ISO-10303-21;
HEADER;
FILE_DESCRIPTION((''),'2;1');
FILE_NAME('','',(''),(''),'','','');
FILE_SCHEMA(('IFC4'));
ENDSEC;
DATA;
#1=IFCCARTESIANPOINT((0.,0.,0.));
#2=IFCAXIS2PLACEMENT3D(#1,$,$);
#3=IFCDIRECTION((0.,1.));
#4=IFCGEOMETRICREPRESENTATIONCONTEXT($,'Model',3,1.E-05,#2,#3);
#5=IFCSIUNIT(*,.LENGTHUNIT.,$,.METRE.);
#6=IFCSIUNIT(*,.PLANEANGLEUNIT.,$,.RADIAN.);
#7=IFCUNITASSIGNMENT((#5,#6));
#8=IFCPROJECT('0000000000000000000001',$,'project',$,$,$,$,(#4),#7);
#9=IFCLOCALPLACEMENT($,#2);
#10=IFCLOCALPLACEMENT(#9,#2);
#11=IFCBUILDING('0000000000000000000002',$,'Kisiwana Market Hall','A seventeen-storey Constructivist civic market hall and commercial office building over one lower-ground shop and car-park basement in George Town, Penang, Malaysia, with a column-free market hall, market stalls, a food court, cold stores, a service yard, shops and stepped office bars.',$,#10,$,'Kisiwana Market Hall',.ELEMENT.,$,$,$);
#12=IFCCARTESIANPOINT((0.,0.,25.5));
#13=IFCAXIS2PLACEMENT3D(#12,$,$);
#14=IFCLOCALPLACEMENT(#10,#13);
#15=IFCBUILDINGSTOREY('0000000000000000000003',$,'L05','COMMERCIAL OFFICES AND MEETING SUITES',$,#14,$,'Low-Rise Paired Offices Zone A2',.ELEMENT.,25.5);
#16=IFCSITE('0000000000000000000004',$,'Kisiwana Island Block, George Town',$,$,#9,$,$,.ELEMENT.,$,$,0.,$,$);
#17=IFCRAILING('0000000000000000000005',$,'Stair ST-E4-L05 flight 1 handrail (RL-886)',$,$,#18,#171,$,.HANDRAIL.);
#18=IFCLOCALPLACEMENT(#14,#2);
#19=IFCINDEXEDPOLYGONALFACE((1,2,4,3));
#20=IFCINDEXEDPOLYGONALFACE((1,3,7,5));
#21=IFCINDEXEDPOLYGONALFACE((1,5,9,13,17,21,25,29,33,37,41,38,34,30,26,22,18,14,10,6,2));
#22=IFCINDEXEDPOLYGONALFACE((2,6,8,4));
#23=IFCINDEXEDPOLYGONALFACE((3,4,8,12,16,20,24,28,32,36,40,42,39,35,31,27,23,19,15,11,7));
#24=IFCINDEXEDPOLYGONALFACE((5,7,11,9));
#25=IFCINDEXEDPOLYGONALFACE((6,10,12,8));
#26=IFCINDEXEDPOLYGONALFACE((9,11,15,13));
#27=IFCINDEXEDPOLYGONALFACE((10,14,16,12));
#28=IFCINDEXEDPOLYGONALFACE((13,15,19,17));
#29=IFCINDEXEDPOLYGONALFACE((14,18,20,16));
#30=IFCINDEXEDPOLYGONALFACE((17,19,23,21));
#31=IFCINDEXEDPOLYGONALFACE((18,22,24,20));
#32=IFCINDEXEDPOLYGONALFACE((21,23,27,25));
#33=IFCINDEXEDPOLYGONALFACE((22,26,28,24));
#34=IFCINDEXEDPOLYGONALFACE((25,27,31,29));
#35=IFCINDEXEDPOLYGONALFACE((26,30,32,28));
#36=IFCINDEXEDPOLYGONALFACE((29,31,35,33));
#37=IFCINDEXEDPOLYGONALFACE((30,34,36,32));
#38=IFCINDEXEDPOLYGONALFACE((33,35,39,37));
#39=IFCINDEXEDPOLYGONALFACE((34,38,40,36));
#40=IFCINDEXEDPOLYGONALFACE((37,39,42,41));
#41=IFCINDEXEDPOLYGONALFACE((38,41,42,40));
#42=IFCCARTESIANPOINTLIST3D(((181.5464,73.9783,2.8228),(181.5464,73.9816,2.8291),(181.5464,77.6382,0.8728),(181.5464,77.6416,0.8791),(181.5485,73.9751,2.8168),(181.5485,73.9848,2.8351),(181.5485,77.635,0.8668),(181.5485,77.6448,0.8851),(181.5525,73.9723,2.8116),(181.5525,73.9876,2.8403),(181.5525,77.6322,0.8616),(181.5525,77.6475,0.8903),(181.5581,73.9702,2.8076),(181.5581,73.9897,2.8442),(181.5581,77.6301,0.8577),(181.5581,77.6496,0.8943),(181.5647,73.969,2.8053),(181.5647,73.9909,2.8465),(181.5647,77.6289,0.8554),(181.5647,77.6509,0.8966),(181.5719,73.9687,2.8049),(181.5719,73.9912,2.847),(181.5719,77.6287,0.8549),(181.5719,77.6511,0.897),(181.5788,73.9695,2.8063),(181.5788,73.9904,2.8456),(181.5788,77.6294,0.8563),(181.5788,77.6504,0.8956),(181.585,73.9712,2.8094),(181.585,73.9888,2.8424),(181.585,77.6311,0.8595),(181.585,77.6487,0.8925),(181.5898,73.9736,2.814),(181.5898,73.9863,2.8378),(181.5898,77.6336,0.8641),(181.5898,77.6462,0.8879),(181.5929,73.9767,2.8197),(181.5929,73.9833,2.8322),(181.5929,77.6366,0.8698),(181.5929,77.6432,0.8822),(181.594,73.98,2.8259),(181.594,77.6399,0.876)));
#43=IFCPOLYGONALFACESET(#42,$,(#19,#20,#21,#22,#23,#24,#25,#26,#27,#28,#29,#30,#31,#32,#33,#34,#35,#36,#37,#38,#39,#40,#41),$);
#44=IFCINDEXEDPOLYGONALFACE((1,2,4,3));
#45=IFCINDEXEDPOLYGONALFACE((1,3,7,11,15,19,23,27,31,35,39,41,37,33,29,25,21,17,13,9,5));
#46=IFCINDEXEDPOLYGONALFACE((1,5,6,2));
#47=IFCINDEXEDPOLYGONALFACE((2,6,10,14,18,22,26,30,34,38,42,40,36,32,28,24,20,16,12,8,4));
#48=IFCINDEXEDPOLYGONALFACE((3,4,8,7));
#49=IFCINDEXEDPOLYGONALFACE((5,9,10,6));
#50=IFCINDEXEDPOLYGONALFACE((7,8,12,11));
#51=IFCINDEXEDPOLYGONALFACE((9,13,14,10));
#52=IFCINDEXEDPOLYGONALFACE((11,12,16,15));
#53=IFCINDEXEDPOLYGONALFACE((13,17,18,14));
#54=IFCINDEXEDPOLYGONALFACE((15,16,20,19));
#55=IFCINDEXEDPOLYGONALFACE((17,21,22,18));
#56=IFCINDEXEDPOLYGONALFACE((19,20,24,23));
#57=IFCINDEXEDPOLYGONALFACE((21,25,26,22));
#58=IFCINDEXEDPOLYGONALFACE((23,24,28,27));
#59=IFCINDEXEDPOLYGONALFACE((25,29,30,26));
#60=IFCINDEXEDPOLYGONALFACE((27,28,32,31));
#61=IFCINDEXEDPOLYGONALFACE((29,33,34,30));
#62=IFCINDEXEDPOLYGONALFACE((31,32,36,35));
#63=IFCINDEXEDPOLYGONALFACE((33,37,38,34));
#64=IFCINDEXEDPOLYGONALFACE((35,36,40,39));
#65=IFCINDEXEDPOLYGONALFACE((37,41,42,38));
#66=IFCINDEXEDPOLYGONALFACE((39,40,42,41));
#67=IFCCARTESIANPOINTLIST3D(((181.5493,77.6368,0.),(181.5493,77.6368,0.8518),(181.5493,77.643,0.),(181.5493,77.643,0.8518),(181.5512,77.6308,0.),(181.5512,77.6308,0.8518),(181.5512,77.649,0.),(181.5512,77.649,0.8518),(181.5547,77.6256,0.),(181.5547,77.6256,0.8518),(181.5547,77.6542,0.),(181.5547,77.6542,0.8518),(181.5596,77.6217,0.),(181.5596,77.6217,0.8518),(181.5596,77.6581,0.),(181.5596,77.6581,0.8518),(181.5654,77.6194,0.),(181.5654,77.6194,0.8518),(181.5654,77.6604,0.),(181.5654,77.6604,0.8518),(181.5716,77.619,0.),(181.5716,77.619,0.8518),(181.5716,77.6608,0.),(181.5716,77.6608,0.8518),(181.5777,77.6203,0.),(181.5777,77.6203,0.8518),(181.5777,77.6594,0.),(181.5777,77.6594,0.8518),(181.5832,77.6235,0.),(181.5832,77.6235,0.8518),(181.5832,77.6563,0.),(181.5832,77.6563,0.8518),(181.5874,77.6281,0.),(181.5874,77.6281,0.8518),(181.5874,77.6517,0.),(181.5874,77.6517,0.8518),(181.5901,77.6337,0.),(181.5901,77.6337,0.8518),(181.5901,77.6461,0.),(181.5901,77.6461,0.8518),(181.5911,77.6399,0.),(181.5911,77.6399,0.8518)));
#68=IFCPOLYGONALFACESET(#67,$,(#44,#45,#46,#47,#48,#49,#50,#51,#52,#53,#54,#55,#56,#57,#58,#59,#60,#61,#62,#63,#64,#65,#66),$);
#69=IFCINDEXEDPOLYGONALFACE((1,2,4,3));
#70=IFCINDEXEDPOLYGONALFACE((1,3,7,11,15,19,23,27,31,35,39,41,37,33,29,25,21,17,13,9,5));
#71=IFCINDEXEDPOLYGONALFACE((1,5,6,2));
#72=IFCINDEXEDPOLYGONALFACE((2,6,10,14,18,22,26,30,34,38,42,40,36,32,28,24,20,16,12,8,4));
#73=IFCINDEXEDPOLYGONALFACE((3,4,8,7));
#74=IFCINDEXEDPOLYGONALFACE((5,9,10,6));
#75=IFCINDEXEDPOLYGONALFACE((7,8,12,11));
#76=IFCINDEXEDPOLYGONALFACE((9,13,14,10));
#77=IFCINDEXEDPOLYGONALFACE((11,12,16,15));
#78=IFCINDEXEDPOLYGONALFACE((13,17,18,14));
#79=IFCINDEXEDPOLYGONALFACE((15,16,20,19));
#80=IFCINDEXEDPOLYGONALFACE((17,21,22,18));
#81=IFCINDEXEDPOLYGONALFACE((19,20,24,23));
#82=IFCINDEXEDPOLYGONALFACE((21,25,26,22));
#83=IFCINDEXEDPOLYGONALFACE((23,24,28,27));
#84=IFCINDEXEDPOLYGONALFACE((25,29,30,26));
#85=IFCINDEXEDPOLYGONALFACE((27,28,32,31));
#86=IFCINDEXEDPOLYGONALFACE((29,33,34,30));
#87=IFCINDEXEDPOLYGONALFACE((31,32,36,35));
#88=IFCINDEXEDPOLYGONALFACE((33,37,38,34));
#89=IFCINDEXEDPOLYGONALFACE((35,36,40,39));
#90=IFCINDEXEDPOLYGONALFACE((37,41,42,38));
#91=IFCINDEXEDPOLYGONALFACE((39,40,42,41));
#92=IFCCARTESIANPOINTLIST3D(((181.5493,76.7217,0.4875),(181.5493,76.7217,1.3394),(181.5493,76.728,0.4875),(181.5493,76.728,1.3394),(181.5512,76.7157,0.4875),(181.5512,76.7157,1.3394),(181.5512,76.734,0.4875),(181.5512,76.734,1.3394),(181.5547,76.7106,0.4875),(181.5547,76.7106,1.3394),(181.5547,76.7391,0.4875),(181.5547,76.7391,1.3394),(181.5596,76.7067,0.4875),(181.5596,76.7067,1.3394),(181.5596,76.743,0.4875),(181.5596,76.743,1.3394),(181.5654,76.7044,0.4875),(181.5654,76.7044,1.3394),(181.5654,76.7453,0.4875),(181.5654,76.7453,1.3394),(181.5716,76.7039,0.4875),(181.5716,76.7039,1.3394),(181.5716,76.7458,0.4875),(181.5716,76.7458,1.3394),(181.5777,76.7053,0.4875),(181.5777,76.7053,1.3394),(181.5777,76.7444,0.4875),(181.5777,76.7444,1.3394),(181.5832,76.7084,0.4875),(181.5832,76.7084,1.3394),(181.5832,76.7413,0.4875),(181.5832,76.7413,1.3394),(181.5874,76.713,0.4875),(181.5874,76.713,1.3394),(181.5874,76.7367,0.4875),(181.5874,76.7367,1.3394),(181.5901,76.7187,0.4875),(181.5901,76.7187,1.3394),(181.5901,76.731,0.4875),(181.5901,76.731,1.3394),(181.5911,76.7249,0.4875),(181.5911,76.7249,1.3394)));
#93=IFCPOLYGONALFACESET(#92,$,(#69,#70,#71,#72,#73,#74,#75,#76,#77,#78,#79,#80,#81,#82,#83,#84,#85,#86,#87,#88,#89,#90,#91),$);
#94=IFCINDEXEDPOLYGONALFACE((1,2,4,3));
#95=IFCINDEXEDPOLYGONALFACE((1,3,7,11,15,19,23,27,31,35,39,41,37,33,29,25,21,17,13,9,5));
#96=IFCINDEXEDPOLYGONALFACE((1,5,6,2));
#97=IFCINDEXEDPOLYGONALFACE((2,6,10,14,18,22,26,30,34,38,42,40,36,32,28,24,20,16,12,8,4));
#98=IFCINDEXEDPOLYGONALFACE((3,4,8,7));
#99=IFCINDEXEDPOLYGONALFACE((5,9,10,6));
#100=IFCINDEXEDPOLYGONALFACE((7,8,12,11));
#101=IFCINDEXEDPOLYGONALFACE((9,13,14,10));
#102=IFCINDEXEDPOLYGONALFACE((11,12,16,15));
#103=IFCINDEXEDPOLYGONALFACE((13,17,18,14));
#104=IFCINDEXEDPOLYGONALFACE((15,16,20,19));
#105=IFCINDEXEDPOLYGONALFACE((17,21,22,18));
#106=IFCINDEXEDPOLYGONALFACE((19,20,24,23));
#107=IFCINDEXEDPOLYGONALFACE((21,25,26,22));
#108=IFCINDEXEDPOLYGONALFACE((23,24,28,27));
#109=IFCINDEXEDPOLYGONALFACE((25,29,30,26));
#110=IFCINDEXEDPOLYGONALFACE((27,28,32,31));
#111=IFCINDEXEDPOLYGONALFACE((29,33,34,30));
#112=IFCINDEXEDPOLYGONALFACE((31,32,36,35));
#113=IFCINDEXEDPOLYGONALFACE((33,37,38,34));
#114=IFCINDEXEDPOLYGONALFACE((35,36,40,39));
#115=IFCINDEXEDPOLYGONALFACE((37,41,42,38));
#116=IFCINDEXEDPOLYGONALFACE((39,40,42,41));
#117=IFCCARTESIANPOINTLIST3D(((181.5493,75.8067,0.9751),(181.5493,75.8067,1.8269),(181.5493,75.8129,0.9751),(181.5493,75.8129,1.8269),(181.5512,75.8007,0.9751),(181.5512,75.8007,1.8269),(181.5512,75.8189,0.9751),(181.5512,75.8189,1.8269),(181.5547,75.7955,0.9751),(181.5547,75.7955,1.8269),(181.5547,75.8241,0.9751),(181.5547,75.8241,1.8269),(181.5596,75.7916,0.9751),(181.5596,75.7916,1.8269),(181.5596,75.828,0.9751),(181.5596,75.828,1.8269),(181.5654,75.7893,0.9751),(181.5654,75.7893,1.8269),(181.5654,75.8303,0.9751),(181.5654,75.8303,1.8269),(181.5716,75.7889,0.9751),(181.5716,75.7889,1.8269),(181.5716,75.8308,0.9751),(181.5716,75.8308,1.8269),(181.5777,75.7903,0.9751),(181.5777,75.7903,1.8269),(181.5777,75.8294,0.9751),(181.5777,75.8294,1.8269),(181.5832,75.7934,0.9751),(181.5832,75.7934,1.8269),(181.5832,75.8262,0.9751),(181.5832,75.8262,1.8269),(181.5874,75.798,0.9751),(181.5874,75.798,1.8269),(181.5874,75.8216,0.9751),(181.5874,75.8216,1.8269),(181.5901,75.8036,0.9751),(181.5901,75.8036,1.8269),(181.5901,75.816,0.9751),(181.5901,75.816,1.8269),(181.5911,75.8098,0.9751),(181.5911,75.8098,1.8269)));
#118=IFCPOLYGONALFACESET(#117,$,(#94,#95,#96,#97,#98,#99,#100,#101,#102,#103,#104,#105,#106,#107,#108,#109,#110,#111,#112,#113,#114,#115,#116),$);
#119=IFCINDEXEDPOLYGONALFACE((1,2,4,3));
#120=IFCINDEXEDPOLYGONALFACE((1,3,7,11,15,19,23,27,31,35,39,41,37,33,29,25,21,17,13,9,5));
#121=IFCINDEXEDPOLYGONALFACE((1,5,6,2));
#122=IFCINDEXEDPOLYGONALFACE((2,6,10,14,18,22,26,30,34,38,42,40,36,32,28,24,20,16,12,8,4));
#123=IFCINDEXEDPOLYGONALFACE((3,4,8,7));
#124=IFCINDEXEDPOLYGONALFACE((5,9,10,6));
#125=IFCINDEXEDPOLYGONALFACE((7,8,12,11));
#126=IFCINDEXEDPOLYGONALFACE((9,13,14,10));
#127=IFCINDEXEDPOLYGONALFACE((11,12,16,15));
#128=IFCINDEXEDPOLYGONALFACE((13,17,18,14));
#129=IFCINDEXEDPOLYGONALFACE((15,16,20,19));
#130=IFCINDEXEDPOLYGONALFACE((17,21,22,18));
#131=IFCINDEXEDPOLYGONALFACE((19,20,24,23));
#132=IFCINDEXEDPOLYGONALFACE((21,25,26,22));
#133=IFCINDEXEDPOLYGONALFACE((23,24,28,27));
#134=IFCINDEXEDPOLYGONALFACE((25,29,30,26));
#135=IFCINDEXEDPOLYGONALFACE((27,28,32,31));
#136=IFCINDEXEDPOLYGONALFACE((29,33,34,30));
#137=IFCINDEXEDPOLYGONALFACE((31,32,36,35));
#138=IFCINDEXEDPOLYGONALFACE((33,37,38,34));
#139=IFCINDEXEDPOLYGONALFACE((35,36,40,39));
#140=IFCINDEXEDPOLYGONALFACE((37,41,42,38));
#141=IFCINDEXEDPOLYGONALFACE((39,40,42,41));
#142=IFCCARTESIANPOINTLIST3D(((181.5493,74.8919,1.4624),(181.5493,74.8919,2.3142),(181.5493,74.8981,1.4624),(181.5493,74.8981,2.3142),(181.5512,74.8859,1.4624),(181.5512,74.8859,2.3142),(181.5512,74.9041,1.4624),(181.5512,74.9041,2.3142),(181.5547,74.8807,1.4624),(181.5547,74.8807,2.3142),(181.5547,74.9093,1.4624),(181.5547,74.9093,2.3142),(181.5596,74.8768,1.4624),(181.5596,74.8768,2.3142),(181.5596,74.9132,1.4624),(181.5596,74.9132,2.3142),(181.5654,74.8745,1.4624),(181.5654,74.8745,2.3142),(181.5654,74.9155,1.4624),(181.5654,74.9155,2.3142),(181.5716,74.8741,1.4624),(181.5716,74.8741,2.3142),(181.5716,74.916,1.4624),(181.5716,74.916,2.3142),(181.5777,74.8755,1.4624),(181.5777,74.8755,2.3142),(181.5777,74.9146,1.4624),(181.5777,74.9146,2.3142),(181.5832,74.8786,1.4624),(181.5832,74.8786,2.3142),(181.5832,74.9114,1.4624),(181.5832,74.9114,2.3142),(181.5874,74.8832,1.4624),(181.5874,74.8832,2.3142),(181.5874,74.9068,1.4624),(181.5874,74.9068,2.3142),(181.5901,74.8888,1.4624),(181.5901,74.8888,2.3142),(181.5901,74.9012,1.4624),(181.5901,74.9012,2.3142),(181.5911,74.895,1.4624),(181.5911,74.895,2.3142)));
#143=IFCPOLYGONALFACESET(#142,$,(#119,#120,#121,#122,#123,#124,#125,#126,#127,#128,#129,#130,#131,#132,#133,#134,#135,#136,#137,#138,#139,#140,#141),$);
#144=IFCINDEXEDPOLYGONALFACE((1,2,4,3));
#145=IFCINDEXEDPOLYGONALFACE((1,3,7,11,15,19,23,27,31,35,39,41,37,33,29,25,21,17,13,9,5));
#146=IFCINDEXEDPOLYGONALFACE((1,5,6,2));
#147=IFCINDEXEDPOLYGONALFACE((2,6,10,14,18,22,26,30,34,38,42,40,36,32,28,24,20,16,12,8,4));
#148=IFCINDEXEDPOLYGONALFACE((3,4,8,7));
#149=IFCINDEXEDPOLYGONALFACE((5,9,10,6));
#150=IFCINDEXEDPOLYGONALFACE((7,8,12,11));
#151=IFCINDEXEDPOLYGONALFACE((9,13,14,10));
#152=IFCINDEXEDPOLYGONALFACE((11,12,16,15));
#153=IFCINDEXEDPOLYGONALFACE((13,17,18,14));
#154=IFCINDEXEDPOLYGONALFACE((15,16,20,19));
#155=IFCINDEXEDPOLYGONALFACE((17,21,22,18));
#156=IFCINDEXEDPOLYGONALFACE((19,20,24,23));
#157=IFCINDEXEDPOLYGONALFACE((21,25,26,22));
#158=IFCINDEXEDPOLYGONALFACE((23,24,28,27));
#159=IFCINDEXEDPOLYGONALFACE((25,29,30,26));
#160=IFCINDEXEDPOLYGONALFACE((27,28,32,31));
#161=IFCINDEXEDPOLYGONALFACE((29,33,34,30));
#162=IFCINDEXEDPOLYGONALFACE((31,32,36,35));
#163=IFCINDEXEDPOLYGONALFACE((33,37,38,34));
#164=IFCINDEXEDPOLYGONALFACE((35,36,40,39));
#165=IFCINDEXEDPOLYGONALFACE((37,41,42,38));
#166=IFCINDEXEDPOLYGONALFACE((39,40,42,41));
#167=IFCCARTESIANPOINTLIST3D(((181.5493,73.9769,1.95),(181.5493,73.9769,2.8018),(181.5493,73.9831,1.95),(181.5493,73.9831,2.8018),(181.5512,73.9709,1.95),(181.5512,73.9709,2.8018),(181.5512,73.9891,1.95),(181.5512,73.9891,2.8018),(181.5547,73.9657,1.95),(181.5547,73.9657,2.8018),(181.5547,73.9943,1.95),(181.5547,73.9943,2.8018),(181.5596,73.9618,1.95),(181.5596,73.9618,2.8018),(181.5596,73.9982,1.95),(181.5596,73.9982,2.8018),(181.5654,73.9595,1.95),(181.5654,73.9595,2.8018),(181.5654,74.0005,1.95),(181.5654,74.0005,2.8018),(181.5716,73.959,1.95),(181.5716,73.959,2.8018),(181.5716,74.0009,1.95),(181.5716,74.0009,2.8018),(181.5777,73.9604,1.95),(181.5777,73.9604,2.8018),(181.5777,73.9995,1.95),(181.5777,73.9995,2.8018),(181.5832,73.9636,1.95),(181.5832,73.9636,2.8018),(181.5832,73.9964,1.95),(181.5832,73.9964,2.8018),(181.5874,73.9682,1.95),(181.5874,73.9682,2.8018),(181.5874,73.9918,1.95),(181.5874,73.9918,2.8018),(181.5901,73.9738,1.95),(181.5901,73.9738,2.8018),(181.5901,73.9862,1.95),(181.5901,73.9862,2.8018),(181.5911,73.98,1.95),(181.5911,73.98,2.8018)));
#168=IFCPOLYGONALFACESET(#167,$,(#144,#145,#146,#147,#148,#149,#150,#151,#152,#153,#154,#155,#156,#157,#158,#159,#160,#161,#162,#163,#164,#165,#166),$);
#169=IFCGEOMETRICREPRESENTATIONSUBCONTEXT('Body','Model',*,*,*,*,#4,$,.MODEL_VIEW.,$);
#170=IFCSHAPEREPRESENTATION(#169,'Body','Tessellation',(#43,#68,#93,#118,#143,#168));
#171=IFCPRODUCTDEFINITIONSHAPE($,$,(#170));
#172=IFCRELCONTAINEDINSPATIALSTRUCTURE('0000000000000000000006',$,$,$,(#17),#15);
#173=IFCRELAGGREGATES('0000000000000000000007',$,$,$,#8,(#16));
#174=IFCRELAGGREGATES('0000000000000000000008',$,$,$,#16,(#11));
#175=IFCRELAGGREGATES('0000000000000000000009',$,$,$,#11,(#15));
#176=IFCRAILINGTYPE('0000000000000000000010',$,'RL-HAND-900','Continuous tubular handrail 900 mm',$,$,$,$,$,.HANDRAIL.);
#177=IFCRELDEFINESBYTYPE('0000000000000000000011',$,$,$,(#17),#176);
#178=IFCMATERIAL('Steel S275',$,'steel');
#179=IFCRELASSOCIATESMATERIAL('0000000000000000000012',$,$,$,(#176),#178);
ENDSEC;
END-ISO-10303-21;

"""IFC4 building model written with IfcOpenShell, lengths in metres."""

from ifc_helpers import new_model, si_unit, direction, frame, origin, origin_2d, place, context, subcontext, project, spatial, circle, extrude, material, type_object, element, save


model = new_model("IFC4")

# Units and contexts
model_context = context("Model", 3, precision=1e-05, world=origin(), true_north=direction((0.0, 1.0)))
body_context = subcontext(model_context, "Body", "Model", "MODEL_VIEW")
ifc_project = project(units=[si_unit("LENGTHUNIT", "METRE"), si_unit("PLANEANGLEUNIT", "RADIAN")], contexts=[model_context])

# Site, building, storey
site_placement = place(None, origin())
site = spatial("IfcSite", under=ifc_project, at=site_placement, Name="Kisiwana Island Block, George Town", CompositionType="ELEMENT", RefElevation=0.0)
building_placement = place(site_placement, origin())
building = spatial("IfcBuilding", under=site, at=building_placement, Name="Kisiwana Market Hall", Description="A seventeen-storey Constructivist civic market hall and commercial office building over one lower-ground shop and car-park basement in George Town, Penang, Malaysia, with a column-free market hall, market stalls, a food court, cold stores, a service yard, shops and stepped office bars.", LongName="Kisiwana Market Hall", CompositionType="ELEMENT")
storey_placement = place(building_placement, frame((0.0, 0.0, 25.5)))
storey = spatial("IfcBuildingStorey", under=building, at=storey_placement, Name="L05", Description="COMMERCIAL OFFICES AND MEETING SUITES", LongName="Low-Rise Paired Offices Zone A2", CompositionType="ELEMENT", Elevation=25.5)

# Railing
ifc_material_1 = material(Name="Steel S275", Category="steel")
railing_type_1 = type_object("IfcRailingType", Name="RL-HAND-900", Description="Continuous tubular handrail 900 mm", PredefinedType="HANDRAIL", material=ifc_material_1)
railing_1_placement = place(storey_placement, frame((181.5701, 77.6399, 0.0)))
element("IfcRailing", 1, at=railing_1_placement, inside=storey, type_object=railing_type_1, Name="Stair ST-E4-L05 flight 1 handrail (RL-886)", PredefinedType="HANDRAIL", context=body_context, shape_type="SweptSolid", body=[
    extrude(circle(Radius=0.0239, at=origin_2d()), frame((0.0, 0.0, 0.876), z_axis=(0.0, -0.882553, 0.470212), x_axis=(1.0, 0.0, 0.0)), (0.0, 0.0, 1.0), 4.147),
    extrude(circle(Radius=0.021, at=origin_2d()), origin(), (0.0, 0.0, 1.0), 0.8518),
    extrude(circle(Radius=0.021, at=origin_2d()), frame((0.0, -0.915, 0.4875)), (0.0, 0.0, 1.0), 0.8518),
    extrude(circle(Radius=0.021, at=origin_2d()), frame((0.0, -1.8301, 0.9751)), (0.0, 0.0, 1.0), 0.8518),
    extrude(circle(Radius=0.021, at=origin_2d()), frame((0.0, -2.7449, 1.4624)), (0.0, 0.0, 1.0), 0.8518),
    extrude(circle(Radius=0.021, at=origin_2d()), frame((0.0, -3.6599, 1.95)), (0.0, 0.0, 1.0), 0.8518),
])

save(model, "model.ifc")
